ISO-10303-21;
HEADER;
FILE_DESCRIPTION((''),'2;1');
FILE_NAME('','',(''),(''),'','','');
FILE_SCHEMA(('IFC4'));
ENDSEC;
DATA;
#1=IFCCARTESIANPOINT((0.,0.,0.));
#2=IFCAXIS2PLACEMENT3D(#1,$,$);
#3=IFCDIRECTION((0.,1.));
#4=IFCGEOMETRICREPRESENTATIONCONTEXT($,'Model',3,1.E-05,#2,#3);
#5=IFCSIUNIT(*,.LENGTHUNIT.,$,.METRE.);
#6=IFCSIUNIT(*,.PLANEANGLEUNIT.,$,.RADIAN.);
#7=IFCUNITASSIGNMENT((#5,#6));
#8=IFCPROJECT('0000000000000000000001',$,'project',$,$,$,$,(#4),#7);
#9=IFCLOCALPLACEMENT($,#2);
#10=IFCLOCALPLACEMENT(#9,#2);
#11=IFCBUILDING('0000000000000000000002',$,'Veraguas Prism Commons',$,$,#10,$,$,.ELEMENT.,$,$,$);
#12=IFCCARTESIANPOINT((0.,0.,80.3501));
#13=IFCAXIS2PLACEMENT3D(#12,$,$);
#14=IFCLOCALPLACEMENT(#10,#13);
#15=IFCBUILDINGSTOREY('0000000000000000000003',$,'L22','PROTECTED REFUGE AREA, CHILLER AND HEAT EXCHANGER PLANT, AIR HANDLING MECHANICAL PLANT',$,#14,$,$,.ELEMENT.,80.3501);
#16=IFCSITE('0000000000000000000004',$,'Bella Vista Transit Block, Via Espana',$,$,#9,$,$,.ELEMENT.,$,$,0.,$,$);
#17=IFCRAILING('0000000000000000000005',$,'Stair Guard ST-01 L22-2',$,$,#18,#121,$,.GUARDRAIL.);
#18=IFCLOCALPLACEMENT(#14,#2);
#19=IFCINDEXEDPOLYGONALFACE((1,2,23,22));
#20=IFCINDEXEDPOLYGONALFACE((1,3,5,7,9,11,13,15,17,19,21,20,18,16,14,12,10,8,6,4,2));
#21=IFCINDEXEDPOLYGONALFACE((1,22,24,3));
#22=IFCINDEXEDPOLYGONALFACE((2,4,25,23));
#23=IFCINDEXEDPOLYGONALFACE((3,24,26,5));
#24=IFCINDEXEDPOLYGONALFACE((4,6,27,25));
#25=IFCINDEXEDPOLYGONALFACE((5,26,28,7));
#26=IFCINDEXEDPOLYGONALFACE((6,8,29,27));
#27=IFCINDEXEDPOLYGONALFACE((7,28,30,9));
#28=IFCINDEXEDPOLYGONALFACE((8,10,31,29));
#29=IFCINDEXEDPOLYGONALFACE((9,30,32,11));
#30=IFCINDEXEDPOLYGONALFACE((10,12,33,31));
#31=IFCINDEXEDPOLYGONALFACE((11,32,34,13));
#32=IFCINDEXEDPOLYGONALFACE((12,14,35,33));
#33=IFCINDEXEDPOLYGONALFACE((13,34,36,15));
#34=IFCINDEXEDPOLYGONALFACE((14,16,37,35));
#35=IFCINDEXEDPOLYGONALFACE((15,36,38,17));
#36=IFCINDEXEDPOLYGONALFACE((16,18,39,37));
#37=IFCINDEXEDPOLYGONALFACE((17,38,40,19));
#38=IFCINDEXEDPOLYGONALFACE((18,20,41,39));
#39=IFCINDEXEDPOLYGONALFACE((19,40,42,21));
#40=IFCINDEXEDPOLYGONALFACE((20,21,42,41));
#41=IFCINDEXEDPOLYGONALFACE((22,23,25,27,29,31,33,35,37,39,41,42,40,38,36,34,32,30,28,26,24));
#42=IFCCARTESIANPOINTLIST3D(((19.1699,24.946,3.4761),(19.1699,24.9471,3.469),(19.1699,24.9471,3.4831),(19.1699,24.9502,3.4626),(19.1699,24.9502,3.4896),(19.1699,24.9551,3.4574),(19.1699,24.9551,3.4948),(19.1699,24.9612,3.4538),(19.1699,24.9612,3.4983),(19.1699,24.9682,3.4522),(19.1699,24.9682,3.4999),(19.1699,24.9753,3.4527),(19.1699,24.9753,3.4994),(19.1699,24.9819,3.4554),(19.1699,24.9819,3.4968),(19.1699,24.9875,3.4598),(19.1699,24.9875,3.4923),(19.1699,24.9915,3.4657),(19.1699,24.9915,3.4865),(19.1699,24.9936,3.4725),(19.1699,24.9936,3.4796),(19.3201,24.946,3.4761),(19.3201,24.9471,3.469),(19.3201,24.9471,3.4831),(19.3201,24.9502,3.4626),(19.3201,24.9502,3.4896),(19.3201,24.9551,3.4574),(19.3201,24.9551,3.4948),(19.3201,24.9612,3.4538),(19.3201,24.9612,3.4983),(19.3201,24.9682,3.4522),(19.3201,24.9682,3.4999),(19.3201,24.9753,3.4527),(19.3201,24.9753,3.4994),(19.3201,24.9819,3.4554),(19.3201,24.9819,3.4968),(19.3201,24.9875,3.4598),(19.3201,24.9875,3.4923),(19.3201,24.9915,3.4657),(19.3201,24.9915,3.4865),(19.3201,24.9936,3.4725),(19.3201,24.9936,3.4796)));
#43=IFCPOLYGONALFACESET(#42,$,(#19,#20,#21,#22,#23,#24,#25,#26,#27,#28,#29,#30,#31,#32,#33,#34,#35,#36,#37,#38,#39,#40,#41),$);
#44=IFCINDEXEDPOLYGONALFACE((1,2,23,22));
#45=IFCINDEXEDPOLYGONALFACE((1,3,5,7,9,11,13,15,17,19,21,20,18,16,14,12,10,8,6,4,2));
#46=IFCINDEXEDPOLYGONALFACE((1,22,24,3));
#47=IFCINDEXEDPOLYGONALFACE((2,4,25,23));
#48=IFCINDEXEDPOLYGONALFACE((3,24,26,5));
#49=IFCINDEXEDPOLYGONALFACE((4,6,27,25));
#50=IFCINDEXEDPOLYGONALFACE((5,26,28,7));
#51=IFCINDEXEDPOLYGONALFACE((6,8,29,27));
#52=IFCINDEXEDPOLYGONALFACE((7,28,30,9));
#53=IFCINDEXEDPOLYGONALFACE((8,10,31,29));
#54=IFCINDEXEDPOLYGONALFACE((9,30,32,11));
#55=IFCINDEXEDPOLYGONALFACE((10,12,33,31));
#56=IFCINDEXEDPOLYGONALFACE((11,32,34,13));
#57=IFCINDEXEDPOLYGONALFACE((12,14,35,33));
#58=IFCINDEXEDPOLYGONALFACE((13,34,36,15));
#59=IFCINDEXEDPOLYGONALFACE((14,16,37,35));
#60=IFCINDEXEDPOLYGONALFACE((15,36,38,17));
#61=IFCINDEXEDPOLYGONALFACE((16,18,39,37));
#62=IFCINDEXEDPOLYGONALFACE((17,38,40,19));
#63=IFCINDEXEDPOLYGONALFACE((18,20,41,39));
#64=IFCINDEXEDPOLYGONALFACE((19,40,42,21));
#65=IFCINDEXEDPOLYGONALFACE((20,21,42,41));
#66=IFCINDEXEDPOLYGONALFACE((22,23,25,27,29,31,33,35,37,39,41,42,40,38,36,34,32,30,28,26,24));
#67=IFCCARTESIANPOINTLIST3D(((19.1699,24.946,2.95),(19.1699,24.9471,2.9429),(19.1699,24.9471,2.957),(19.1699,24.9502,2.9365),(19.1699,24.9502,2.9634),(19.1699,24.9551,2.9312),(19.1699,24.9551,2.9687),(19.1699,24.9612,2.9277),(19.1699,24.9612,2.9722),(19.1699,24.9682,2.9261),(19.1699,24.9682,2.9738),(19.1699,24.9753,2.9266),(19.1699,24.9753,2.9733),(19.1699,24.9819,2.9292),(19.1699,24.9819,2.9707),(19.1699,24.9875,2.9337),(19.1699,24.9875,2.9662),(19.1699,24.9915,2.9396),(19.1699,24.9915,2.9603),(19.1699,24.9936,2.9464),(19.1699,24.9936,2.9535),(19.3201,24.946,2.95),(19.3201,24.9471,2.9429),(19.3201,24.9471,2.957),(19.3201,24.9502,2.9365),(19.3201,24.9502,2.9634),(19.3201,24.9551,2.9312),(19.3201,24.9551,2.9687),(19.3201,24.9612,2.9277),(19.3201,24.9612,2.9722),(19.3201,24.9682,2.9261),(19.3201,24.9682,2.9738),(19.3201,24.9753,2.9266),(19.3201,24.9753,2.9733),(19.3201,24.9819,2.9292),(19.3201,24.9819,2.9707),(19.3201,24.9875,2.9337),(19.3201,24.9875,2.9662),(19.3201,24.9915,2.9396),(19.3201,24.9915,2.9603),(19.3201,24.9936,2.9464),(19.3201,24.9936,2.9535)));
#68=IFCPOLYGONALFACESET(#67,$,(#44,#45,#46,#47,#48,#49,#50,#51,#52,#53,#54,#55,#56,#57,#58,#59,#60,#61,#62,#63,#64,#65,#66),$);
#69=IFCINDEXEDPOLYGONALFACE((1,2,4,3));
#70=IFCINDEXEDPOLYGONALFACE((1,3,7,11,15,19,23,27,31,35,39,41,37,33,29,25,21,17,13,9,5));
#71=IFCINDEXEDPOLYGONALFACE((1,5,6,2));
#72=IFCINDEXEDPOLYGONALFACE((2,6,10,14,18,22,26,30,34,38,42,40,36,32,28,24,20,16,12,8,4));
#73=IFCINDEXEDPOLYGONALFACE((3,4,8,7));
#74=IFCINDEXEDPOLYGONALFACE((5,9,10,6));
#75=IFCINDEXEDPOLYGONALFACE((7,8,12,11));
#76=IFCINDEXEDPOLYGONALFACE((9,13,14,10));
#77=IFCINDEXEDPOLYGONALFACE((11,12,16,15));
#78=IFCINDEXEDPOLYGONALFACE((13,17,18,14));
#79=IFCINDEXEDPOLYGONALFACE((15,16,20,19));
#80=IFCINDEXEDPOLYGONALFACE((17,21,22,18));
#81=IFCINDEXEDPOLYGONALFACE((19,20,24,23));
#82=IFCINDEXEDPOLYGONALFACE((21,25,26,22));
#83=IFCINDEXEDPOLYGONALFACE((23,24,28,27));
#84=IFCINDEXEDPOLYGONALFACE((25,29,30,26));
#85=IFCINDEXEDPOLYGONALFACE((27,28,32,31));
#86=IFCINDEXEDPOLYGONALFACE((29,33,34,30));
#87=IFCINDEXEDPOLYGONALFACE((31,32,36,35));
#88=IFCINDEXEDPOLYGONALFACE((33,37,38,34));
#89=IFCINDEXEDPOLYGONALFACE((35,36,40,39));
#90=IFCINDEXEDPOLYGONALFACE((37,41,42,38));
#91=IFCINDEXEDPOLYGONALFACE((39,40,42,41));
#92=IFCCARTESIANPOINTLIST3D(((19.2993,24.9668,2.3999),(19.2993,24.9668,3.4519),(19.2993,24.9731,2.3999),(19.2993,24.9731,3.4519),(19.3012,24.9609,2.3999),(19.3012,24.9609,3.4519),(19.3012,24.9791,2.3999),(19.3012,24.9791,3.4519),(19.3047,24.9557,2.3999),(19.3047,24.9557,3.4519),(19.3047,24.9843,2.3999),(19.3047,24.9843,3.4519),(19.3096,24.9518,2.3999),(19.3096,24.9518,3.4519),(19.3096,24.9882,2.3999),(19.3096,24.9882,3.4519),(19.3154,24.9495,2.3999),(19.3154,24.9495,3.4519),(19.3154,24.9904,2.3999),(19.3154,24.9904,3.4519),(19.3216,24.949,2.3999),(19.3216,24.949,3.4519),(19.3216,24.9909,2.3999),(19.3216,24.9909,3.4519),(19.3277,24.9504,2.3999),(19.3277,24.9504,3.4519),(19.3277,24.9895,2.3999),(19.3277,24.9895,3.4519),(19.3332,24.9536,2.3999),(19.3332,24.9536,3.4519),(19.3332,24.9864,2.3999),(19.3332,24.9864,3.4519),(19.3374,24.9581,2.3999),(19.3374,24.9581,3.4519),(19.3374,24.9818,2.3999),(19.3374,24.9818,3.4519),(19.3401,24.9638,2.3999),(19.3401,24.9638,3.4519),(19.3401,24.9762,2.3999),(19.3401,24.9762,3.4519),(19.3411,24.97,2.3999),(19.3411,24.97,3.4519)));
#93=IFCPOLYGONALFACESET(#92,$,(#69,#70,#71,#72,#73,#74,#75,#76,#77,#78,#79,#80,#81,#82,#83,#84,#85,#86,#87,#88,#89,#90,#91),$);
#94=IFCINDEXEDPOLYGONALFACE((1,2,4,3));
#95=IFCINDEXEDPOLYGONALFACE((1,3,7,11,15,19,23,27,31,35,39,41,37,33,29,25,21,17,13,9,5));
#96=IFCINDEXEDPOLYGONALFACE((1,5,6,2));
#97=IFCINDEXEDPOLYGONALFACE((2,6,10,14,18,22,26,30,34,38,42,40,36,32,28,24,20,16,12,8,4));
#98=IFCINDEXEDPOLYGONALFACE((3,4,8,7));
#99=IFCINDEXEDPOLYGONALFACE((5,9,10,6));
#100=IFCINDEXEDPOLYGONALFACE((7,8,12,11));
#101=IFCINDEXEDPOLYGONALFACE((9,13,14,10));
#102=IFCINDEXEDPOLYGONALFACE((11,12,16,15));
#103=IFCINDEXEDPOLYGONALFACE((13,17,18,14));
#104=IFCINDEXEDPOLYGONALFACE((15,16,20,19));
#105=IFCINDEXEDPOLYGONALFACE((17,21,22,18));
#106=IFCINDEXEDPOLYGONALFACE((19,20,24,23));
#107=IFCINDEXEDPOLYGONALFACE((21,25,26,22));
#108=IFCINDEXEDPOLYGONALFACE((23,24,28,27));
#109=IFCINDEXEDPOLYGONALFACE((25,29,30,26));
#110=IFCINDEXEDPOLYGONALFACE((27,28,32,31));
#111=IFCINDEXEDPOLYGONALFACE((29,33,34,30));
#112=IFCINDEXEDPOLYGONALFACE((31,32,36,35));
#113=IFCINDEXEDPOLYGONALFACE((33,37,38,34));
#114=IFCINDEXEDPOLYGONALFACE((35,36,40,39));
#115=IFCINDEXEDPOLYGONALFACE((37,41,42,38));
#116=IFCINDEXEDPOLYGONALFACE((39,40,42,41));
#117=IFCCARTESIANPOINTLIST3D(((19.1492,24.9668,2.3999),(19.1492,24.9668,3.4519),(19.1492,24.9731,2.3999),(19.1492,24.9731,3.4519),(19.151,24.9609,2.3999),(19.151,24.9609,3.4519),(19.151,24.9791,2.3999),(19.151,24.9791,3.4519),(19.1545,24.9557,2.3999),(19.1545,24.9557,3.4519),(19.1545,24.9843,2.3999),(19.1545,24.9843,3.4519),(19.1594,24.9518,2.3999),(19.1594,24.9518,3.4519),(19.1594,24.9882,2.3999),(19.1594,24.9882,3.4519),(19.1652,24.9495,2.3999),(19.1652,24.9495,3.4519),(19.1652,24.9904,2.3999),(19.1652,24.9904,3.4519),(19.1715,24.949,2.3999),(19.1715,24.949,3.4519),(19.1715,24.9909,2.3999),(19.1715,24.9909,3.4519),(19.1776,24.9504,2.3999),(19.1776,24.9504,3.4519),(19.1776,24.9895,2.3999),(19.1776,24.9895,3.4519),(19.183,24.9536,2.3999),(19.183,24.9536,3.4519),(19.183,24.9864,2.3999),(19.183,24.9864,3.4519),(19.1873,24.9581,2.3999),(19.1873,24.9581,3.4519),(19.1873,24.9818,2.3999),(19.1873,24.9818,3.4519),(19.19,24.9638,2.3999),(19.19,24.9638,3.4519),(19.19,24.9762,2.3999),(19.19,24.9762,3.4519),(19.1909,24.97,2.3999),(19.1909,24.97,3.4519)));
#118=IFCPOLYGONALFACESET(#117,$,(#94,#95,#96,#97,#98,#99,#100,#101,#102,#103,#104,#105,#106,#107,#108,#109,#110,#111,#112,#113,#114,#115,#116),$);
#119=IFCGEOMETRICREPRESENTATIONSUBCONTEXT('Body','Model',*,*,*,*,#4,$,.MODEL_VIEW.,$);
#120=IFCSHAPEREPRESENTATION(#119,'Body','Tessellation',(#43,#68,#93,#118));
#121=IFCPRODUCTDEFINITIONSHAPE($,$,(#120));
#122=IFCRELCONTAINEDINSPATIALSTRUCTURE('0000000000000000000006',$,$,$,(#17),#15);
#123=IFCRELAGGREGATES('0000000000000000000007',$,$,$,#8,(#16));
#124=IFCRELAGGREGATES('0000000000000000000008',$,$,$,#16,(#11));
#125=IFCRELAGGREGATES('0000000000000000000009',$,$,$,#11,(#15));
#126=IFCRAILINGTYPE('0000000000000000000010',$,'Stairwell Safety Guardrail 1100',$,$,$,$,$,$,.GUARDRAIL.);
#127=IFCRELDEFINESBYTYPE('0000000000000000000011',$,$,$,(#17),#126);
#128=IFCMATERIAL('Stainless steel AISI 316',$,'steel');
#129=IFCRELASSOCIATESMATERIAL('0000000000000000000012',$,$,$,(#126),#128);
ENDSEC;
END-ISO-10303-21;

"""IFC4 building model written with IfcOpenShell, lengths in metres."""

from ifc_helpers import new_model, si_unit, direction, frame, origin, origin_2d, place, context, subcontext, project, spatial, circle, extrude, material, type_object, element, save


model = new_model("IFC4")

# Units and contexts
model_context = context("Model", 3, precision=1e-05, world=origin(), true_north=direction((0.0, 1.0)))
body_context = subcontext(model_context, "Body", "Model", "MODEL_VIEW")
ifc_project = project(units=[si_unit("LENGTHUNIT", "METRE"), si_unit("PLANEANGLEUNIT", "RADIAN")], contexts=[model_context])

# Site, building, storey
site_placement = place(None, origin())
site = spatial("IfcSite", under=ifc_project, at=site_placement, Name="Bella Vista Transit Block, Via Espana", CompositionType="ELEMENT", RefElevation=0.0)
building_placement = place(site_placement, origin())
building = spatial("IfcBuilding", under=site, at=building_placement, Name="Veraguas Prism Commons", CompositionType="ELEMENT")
storey_placement = place(building_placement, frame((0.0, 0.0, 80.3501)))
storey = spatial("IfcBuildingStorey", under=building, at=storey_placement, Name="L22", Description="PROTECTED REFUGE AREA, CHILLER AND HEAT EXCHANGER PLANT, AIR HANDLING MECHANICAL PLANT", CompositionType="ELEMENT", Elevation=80.3501)

# Shared definitions
ifc_material_1 = material(Name="Stainless steel AISI 316", Category="steel")

# Railing
railing_type_1 = type_object("IfcRailingType", Name="Stairwell Safety Guardrail 1100", PredefinedType="GUARDRAIL", material=ifc_material_1)
railing_1_placement = place(storey_placement, frame((19.3201, 24.97, 2.3999)))
element("IfcRailing", 1, at=railing_1_placement, inside=storey, type_object=railing_type_1, Name="Stair Guard ST-01 L22-2", PredefinedType="GUARDRAIL", context=body_context, shape_type="SweptSolid", body=[
    extrude(circle(Radius=0.0239, at=origin_2d()), frame((0.0, 0.0, 1.0762), z_axis=(-1.0, 0.0, 0.0), x_axis=(0.0, -1.0, 0.0)), (0.0, 0.0, 1.0), 0.1501),
    extrude(circle(Radius=0.0239, at=origin_2d()), frame((0.0, 0.0, 0.55), z_axis=(-1.0, 0.0, 0.0), x_axis=(0.0, -1.0, 0.0)), (0.0, 0.0, 1.0), 0.1501),
    extrude(circle(Radius=0.021, at=origin_2d()), origin(), (0.0, 0.0, 1.0), 1.052),
    extrude(circle(Radius=0.021, at=origin_2d()), frame((-0.1501, 0.0, 0.0)), (0.0, 0.0, 1.0), 1.052),
])

save(model, "model.ifc")
